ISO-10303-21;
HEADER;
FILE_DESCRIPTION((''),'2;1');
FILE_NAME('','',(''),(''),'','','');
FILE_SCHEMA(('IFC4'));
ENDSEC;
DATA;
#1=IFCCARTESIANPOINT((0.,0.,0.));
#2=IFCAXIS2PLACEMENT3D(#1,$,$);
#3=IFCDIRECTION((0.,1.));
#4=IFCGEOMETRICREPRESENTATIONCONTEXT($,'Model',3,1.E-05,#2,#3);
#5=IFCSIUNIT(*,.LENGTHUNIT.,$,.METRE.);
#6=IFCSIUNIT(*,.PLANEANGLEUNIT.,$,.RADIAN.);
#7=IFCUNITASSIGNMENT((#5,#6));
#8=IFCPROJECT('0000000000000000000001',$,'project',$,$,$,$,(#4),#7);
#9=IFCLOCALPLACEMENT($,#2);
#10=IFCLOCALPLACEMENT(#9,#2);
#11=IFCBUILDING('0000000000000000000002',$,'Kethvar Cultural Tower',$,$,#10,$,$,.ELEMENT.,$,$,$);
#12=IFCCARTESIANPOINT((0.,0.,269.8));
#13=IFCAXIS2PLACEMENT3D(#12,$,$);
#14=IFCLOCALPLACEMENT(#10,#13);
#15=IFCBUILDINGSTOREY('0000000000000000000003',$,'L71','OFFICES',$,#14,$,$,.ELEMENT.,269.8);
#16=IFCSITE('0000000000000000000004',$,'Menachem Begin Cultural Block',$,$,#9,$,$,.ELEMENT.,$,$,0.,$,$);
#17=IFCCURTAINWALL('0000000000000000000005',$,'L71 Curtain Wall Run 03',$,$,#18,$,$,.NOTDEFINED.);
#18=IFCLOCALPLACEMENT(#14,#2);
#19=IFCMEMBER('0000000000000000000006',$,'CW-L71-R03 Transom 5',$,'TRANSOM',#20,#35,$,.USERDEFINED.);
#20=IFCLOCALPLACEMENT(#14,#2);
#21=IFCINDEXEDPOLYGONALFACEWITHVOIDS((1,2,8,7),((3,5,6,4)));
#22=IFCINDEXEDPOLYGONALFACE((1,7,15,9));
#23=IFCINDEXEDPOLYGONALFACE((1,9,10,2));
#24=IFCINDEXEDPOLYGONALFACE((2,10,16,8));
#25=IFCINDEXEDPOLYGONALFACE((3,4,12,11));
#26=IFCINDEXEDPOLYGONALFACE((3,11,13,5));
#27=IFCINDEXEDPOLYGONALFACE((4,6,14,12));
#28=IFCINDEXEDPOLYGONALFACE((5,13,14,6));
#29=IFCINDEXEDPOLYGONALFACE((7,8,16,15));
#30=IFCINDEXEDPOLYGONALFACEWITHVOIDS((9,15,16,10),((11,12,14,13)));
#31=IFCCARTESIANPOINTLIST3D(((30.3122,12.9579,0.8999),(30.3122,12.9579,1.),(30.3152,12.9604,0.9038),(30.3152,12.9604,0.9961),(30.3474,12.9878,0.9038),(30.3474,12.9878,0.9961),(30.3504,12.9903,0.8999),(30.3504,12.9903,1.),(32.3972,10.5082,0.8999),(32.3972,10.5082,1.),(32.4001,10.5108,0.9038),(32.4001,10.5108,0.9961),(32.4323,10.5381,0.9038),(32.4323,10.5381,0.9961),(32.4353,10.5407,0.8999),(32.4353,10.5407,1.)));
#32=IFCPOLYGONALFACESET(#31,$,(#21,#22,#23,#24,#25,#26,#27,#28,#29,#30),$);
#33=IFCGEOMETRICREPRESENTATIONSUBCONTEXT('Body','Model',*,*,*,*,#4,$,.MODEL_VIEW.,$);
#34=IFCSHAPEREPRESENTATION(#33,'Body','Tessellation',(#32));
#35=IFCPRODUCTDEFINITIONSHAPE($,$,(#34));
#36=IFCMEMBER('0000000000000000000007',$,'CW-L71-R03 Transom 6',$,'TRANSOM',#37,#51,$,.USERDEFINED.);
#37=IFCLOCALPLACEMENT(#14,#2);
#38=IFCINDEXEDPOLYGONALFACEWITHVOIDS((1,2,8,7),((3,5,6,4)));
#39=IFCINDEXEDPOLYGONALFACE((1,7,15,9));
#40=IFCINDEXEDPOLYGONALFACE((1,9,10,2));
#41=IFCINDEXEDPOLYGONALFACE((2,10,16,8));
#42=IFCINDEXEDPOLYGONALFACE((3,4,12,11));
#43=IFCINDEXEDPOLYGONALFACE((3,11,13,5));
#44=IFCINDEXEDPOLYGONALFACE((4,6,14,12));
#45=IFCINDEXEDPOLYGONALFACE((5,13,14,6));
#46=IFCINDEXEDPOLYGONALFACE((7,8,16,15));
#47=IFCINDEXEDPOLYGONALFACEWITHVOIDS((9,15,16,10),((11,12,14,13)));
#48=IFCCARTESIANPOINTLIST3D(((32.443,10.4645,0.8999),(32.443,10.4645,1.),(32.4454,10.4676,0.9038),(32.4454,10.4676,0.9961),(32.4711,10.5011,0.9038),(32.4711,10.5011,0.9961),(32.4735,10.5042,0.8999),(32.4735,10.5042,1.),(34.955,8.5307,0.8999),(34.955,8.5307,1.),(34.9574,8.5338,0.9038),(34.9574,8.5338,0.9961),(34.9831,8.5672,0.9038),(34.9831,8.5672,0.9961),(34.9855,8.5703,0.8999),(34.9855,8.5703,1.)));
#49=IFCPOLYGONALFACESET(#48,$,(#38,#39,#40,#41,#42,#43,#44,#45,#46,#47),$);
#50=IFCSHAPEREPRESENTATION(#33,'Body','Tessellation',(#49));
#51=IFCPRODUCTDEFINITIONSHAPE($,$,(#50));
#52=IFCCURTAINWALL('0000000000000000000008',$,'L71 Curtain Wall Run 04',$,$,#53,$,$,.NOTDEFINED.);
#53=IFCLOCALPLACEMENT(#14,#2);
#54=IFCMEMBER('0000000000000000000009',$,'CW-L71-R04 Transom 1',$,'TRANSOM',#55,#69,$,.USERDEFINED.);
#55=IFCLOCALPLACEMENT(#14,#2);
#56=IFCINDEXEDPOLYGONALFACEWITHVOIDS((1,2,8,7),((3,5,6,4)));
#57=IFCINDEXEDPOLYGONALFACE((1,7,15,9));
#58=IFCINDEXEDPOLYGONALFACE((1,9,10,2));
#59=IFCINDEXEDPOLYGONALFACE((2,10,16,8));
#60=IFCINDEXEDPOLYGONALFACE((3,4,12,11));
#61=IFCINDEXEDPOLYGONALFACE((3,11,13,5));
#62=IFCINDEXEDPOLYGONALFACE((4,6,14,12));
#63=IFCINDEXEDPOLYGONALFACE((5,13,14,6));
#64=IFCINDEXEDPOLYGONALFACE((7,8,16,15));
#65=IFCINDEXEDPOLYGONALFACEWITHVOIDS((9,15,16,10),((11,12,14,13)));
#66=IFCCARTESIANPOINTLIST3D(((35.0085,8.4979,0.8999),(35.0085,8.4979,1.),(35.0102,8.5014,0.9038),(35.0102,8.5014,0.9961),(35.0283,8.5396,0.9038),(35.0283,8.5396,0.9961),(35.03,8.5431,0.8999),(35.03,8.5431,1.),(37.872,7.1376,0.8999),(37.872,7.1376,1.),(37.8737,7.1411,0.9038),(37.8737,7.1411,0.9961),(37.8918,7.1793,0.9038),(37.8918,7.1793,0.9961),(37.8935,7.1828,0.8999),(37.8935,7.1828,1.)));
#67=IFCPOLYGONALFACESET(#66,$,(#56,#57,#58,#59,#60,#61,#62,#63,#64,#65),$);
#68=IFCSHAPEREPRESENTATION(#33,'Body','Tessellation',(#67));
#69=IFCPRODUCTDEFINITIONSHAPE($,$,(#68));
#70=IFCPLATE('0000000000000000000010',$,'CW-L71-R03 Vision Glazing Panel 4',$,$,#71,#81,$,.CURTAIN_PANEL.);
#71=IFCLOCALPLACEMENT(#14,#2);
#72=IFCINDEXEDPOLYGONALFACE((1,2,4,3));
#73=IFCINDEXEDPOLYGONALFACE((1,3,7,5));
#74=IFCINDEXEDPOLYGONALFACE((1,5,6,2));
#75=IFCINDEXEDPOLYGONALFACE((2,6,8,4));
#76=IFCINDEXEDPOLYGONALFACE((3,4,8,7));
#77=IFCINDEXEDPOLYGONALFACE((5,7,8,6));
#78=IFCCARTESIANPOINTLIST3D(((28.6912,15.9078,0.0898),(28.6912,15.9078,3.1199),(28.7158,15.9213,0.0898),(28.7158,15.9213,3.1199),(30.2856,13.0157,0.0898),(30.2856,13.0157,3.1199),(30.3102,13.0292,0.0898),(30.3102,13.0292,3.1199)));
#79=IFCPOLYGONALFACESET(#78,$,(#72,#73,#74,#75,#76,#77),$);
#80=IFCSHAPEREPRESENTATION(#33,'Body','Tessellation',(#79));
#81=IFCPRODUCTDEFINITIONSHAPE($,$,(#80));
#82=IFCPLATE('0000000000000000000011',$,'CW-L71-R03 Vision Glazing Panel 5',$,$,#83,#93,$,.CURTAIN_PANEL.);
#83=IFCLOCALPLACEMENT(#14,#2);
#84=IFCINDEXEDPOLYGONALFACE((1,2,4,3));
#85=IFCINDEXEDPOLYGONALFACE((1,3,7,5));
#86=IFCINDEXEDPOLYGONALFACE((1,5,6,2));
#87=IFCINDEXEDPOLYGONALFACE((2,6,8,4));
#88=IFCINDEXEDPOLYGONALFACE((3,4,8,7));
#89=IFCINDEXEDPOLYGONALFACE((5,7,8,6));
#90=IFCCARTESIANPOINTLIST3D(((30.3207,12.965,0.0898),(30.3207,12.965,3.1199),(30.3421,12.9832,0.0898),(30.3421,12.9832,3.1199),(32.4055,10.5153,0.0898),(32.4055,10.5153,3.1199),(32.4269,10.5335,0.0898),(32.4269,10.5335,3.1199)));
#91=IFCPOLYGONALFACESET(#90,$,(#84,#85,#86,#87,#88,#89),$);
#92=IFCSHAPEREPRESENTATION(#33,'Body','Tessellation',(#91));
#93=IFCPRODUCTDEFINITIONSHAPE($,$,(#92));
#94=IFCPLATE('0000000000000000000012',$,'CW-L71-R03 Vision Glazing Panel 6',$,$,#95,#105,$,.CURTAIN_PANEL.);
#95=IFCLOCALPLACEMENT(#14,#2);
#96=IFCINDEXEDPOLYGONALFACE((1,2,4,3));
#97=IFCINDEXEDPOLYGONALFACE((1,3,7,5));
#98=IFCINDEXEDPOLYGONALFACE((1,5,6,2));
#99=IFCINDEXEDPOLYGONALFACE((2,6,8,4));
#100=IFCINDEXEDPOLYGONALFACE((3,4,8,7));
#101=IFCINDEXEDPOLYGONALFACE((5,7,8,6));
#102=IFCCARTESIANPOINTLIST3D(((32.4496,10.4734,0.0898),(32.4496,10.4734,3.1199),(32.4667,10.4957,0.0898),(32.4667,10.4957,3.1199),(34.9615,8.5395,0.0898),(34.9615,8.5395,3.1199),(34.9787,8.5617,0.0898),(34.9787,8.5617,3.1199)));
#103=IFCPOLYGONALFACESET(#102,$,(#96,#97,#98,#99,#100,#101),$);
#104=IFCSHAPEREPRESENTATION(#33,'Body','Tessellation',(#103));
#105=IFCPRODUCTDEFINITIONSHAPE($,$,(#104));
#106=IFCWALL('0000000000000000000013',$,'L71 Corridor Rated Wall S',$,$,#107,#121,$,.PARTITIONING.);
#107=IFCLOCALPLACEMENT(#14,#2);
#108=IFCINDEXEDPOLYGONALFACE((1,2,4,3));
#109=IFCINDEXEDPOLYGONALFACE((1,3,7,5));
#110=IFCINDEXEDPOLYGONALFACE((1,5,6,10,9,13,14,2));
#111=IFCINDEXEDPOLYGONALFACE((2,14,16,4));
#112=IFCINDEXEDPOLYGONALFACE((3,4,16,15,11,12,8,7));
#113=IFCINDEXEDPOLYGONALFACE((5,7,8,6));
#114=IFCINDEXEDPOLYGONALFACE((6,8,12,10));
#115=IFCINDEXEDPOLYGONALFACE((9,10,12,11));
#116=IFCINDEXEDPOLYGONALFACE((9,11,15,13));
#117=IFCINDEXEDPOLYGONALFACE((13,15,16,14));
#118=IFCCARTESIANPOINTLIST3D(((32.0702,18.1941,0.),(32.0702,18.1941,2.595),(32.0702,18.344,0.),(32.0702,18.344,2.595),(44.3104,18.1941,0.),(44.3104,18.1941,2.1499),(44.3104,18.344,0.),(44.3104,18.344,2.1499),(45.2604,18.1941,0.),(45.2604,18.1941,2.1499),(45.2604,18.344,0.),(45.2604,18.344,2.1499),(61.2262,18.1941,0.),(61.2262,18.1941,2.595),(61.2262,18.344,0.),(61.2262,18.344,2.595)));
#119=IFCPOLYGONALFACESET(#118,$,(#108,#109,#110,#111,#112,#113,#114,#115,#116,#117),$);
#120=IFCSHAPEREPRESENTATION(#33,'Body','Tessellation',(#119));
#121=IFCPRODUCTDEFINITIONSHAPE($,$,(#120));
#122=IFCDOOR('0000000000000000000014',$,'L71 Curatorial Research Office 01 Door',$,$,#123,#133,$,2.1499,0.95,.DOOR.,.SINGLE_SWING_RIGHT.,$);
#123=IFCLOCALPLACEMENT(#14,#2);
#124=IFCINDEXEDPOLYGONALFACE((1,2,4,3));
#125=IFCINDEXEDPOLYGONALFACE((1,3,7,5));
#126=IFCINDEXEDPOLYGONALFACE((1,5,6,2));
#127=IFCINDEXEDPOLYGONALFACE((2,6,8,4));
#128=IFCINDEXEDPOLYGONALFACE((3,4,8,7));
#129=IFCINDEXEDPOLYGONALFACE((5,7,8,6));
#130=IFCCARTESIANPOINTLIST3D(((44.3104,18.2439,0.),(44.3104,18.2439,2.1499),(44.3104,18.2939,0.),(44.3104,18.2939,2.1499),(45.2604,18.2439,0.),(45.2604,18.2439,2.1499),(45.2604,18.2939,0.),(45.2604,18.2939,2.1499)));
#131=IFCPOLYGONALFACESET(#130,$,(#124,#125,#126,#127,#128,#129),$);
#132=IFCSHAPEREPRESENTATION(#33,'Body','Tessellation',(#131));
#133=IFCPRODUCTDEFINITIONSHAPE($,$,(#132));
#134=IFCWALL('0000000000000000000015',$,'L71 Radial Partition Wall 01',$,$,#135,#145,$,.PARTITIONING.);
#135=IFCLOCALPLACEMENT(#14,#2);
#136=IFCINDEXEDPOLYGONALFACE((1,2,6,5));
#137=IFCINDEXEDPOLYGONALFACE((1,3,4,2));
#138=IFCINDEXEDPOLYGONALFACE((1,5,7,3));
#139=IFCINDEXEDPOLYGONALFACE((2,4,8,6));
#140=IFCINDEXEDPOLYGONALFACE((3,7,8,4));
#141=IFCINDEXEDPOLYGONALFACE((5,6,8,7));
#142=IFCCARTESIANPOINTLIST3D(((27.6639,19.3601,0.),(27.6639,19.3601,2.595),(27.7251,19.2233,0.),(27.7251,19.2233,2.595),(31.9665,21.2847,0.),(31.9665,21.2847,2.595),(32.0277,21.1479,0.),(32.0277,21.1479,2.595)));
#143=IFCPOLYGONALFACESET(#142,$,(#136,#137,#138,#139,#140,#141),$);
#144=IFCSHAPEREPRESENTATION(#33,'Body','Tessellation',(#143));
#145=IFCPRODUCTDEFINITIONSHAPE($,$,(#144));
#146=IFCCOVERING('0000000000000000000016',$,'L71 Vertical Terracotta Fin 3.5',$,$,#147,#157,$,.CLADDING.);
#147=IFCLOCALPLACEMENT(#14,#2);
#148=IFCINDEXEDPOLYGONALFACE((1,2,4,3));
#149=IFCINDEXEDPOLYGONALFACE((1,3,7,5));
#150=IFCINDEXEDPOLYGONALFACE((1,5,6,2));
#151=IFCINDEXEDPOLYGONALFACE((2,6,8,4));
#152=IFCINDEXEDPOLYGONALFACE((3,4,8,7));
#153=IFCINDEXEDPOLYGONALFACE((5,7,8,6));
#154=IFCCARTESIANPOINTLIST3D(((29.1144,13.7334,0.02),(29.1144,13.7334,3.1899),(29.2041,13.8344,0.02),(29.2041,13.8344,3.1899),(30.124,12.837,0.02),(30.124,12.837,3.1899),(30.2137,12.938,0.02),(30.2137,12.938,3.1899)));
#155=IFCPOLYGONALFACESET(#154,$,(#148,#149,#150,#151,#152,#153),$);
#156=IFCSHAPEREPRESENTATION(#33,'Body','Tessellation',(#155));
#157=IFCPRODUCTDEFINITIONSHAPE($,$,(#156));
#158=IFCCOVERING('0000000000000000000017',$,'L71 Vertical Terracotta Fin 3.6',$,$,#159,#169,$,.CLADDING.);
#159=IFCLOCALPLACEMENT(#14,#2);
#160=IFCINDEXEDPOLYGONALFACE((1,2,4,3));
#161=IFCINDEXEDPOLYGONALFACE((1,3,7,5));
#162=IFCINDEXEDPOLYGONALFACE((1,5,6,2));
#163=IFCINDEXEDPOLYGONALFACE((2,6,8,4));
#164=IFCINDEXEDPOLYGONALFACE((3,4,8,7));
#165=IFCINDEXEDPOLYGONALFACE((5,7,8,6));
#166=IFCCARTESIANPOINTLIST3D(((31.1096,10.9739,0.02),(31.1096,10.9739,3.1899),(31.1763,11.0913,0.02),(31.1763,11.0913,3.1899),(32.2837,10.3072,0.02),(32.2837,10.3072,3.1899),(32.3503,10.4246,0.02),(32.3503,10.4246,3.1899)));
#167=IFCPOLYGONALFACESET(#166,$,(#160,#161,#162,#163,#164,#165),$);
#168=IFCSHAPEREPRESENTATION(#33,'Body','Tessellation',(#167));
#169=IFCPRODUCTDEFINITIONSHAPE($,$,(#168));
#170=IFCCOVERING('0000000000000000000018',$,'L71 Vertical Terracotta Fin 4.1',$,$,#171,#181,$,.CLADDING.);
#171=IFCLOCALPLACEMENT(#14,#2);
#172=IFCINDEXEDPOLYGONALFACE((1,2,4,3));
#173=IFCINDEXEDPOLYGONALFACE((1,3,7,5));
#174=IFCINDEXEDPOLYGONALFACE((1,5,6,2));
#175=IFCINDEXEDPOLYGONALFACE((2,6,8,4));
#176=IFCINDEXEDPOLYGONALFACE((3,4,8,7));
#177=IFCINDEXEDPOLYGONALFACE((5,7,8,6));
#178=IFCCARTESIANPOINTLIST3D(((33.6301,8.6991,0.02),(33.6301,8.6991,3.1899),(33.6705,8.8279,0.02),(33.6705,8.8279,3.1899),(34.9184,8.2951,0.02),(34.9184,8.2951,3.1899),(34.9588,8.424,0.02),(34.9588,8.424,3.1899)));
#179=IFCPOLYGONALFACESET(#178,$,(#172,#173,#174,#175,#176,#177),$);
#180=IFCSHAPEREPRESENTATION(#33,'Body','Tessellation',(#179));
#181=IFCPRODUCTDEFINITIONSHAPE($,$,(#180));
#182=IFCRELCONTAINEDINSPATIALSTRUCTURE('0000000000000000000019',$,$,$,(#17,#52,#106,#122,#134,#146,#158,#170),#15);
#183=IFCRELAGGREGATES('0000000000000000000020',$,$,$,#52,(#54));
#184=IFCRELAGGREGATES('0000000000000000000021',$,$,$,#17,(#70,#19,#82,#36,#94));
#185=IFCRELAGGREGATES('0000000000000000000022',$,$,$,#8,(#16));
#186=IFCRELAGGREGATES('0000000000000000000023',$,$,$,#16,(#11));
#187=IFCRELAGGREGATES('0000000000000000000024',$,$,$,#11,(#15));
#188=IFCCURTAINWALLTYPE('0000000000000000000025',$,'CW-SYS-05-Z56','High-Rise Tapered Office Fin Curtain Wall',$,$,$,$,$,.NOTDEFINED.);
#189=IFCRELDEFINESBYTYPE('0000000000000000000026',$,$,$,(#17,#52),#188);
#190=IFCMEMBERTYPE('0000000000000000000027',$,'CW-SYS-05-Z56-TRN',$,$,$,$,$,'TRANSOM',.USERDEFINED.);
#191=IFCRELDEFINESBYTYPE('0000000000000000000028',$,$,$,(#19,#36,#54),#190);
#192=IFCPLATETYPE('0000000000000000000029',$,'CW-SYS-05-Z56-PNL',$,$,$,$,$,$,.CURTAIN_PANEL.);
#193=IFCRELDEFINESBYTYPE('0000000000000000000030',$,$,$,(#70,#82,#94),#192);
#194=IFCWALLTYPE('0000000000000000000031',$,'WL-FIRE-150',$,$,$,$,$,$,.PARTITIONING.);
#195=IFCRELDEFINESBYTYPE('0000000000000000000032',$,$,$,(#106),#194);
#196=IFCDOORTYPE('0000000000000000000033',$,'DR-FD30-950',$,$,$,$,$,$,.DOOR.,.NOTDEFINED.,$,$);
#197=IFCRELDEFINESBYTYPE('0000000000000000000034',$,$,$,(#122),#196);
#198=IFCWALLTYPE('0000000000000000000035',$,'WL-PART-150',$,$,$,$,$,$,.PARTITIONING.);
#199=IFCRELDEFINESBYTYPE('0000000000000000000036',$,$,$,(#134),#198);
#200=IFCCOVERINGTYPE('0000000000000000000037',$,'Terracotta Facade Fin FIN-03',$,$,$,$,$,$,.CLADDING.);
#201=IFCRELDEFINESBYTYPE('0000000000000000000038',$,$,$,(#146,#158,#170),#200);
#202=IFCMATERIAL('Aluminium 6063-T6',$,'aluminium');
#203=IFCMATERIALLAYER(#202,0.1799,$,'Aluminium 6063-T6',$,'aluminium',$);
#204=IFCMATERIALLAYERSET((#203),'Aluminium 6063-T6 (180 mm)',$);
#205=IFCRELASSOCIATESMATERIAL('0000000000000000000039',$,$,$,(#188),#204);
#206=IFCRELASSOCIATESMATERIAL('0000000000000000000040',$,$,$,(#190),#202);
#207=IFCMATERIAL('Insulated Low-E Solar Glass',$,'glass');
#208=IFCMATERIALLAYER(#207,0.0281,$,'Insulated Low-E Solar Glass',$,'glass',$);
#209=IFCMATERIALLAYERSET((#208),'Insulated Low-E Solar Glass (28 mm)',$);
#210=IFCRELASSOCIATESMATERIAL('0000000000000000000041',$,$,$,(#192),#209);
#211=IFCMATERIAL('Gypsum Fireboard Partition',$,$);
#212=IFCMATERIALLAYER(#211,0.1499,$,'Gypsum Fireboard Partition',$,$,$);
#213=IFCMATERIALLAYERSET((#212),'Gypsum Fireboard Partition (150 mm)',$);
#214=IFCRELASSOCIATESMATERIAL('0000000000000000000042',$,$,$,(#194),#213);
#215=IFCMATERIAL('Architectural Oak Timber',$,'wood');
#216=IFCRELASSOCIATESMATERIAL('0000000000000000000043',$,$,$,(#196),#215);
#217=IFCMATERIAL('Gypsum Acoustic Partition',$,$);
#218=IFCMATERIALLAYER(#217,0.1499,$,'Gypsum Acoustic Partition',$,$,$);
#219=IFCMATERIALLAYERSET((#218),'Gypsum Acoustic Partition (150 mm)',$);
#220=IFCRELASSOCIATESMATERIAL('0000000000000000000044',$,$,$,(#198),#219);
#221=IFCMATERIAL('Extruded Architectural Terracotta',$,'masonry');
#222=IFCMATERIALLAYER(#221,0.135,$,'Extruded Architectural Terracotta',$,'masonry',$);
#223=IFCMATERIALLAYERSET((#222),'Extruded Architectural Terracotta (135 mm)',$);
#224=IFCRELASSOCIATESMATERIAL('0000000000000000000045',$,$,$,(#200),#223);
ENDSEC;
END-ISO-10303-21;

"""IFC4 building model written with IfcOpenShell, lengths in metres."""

from ifc_helpers import new_model, si_unit, direction, frame, frame_2d, origin, origin_2d, place, context, subcontext, project, spatial, rectangle, hollow_rectangle, extrude, source, transform, mapped, material, layer, layer_set, material_profile, profile_set, type_object, element, fill, aggregate, save


model = new_model("IFC4")

# Units and contexts
model_context = context("Model", 3, precision=1e-05, world=origin(), true_north=direction((0.0, 1.0)))
body_context = subcontext(model_context, "Body", "Model", "MODEL_VIEW")
ifc_project = project(units=[si_unit("LENGTHUNIT", "METRE"), si_unit("PLANEANGLEUNIT", "RADIAN")], contexts=[model_context])

# Site, building, storey
site_placement = place(None, origin())
site = spatial("IfcSite", under=ifc_project, at=site_placement, Name="Menachem Begin Cultural Block", CompositionType="ELEMENT", RefElevation=0.0)
building_placement = place(site_placement, origin())
building = spatial("IfcBuilding", under=site, at=building_placement, Name="Kethvar Cultural Tower", CompositionType="ELEMENT")
storey_placement = place(building_placement, frame((0.0, 0.0, 269.8)))
storey = spatial("IfcBuildingStorey", under=building, at=storey_placement, Name="L71", Description="OFFICES", CompositionType="ELEMENT", Elevation=269.8)

# Curtain wall, members
ifc_material_1 = material(Name="Aluminium 6063-T6", Category="aluminium")
ifc_layer_1 = layer(ifc_material_1, 0.1799, Name="Aluminium 6063-T6", Category="aluminium")
ifc_layer_set_1 = layer_set([ifc_layer_1], Name="Aluminium 6063-T6 (180 mm)")
curtain_wall_type = type_object("IfcCurtainWallType", Name="CW-SYS-05-Z56", Description="High-Rise Tapered Office Fin Curtain Wall", PredefinedType="NOTDEFINED", material=ifc_layer_set_1)
curtain_wall_1_placement = place(storey_placement, origin())
curtain_wall_1 = element("IfcCurtainWall", 1, at=curtain_wall_1_placement, inside=storey, type_object=curtain_wall_type, Name="L71 Curtain Wall Run 03", PredefinedType="NOTDEFINED")
ifc_material_profile_1 = material_profile(ifc_material_1, hollow_rectangle(XDim=0.05, YDim=0.1001, WallThickness=0.0039, at=origin_2d()), Name="Aluminium 6063-T6 — RHS100x50x4")
ifc_profile_set_1 = profile_set([ifc_material_profile_1], Name="Aluminium 6063-T6 — RHS100x50x4")
member_type_1 = type_object("IfcMemberType", Name="CW-SYS-05-Z56-TRN", ElementType="TRANSOM", PredefinedType="USERDEFINED", material=ifc_profile_set_1)
shared_shape_1 = source(origin(), body_context, "Body", "SweptSolid", [
    extrude(hollow_rectangle(XDim=0.05, YDim=0.1001, WallThickness=0.0039, at=origin_2d()), origin(), (0.0, 0.0, 1.0), 3.2168),
])
member_1_placement = place(storey_placement, frame((30.3313, 12.9741, 0.95), z_axis=(0.648137, -0.761523, 0.0), x_axis=(0.761523, 0.648137, 0.0)))
member_1 = element("IfcMember", 2, at=member_1_placement, type_object=member_type_1, Name="CW-L71-R03 Transom 5", ObjectType="TRANSOM", PredefinedType="USERDEFINED", context=body_context, shape_type="MappedRepresentation", body=[
    mapped(shared_shape_1, transform((0.0, 0.0, 0.0), scale=1.0)),
])
shared_shape_2 = source(origin(), body_context, "Body", "SweptSolid", [
    extrude(hollow_rectangle(XDim=0.05, YDim=0.1001, WallThickness=0.0039, at=origin_2d()), origin(), (0.0, 0.0, 1.0), 3.1702),
])
member_2_placement = place(storey_placement, frame((32.4583, 10.4844, 0.95), z_axis=(0.792386, -0.61002, 0.0), x_axis=(0.61002, 0.792386, 0.0)))
member_2 = element("IfcMember", 3, at=member_2_placement, type_object=member_type_1, Name="CW-L71-R03 Transom 6", ObjectType="TRANSOM", PredefinedType="USERDEFINED", context=body_context, shape_type="MappedRepresentation", body=[
    mapped(shared_shape_2, transform((0.0, 0.0, 0.0), scale=1.0)),
])

# Curtain wall, member
curtain_wall_2_placement = place(storey_placement, origin())
curtain_wall_2 = element("IfcCurtainWall", 4, at=curtain_wall_2_placement, inside=storey, type_object=curtain_wall_type, Name="L71 Curtain Wall Run 04", PredefinedType="NOTDEFINED")
member_3_placement = place(storey_placement, frame((35.0193, 8.5205, 0.95), z_axis=(0.903256, -0.429102, 0.0), x_axis=(0.429102, 0.903256, 0.0)))
member_3 = element("IfcMember", 5, at=member_3_placement, type_object=member_type_1, Name="CW-L71-R04 Transom 1", ObjectType="TRANSOM", PredefinedType="USERDEFINED", context=body_context, shape_type="MappedRepresentation", body=[
    mapped(shared_shape_2, transform((0.0, 0.0, 0.0), scale=1.0)),
])
aggregate(curtain_wall_2, [member_3])

# Plates
ifc_material_2 = material(Name="Insulated Low-E Solar Glass", Category="glass")
ifc_layer_2 = layer(ifc_material_2, 0.0281, Name="Insulated Low-E Solar Glass", Category="glass")
ifc_layer_set_2 = layer_set([ifc_layer_2], Name="Insulated Low-E Solar Glass (28 mm)")
plate_type = type_object("IfcPlateType", Name="CW-SYS-05-Z56-PNL", PredefinedType="CURTAIN_PANEL", material=ifc_layer_set_2)
shared_shape_3 = source(origin(), body_context, "Body", "SweptSolid", [
    extrude(rectangle(XDim=3.3025, YDim=0.0281, at=origin_2d()), origin(), (0.0, 0.0, 1.0), 3.03),
])
plate_1_placement = place(storey_placement, frame((29.5007, 14.4685, 0.0898), z_axis=(0.0, 0.0, 1.0), x_axis=(0.482793, -0.875734, 0.0)))
plate_1 = element("IfcPlate", 6, at=plate_1_placement, type_object=plate_type, Name="CW-L71-R03 Vision Glazing Panel 4", PredefinedType="CURTAIN_PANEL", context=body_context, shape_type="MappedRepresentation", body=[
    mapped(shared_shape_3, transform((0.0, 0.0, 0.0), scale=1.0)),
])
shared_shape_4 = source(origin(), body_context, "Body", "SweptSolid", [
    extrude(rectangle(XDim=3.2168, YDim=0.0281, at=origin_2d()), origin(), (0.0, 0.0, 1.0), 3.03),
])
plate_2_placement = place(storey_placement, frame((31.3738, 11.7493, 0.0898), z_axis=(0.0, 0.0, 1.0), x_axis=(0.648107, -0.76155, 0.0)))
plate_2 = element("IfcPlate", 7, at=plate_2_placement, type_object=plate_type, Name="CW-L71-R03 Vision Glazing Panel 5", PredefinedType="CURTAIN_PANEL", context=body_context, shape_type="MappedRepresentation", body=[
    mapped(shared_shape_4, transform((0.0, 0.0, 0.0), scale=1.0)),
])
shared_shape_5 = source(origin(), body_context, "Body", "SweptSolid", [
    extrude(rectangle(XDim=3.1702, YDim=0.0281, at=origin_2d()), origin(), (0.0, 0.0, 1.0), 3.03),
])
plate_3_placement = place(storey_placement, frame((33.7141, 9.5176, 0.0898), z_axis=(0.0, 0.0, 1.0), x_axis=(0.792375, -0.610035, 0.0)))
plate_3 = element("IfcPlate", 8, at=plate_3_placement, type_object=plate_type, Name="CW-L71-R03 Vision Glazing Panel 6", PredefinedType="CURTAIN_PANEL", context=body_context, shape_type="MappedRepresentation", body=[
    mapped(shared_shape_5, transform((0.0, 0.0, 0.0), scale=1.0)),
])
aggregate(curtain_wall_1, [plate_1, member_1, plate_2, member_2, plate_3])

# Wall, opening, door
ifc_material_3 = material(Name="Gypsum Fireboard Partition")
ifc_layer_3 = layer(ifc_material_3, 0.1499, Name="Gypsum Fireboard Partition")
ifc_layer_set_3 = layer_set([ifc_layer_3], Name="Gypsum Fireboard Partition (150 mm)")
wall_type_1 = type_object("IfcWallType", Name="WL-FIRE-150", PredefinedType="PARTITIONING", material=ifc_layer_set_3)
wall_1_placement = place(storey_placement, frame((32.0701, 18.269, 0.0), z_axis=(0.0, 0.0, 1.0), x_axis=(1.0, 0.0, 0.0)))
wall_1 = element("IfcWall", 9, at=wall_1_placement, inside=storey, type_object=wall_type_1, Name="L71 Corridor Rated Wall S", PredefinedType="PARTITIONING", context=body_context, shape_type="SweptSolid", body=[
    extrude(rectangle(XDim=29.156, YDim=0.1499, at=frame_2d((14.5781, 0.0))), origin(), (0.0, 0.0, 1.0), 2.595),
])
opening_placement = place(wall_1_placement, frame((12.2402, 0.0, 0.0)))
opening = element("IfcOpeningElement", 10, at=opening_placement, cuts=wall_1, PredefinedType="OPENING", context=body_context, shape_type="SweptSolid", body=[
    extrude(rectangle(XDim=0.95, YDim=2.1499, at=frame_2d((0.4751, 1.075))), frame((0.0, 0.085, 0.0), z_axis=(0.0, -1.0, 0.0), x_axis=(1.0, 0.0, 0.0)), (0.0, 0.0, 1.0), 0.1699),
])
ifc_material_4 = material(Name="Architectural Oak Timber", Category="wood")
door_type = type_object("IfcDoorType", Name="DR-FD30-950", OperationType="NOTDEFINED", PredefinedType="DOOR", material=ifc_material_4)
shared_shape_6 = source(origin(), body_context, "Body", "SweptSolid", [
    extrude(rectangle(XDim=0.95, YDim=2.1499, at=frame_2d((0.4751, 1.075))), frame((0.0, 0.0249, 0.0), z_axis=(0.0, -1.0, 0.0), x_axis=(1.0, 0.0, 0.0)), (0.0, 0.0, 1.0), 0.05),
])
door_placement = place(opening_placement, origin())
door = element("IfcDoor", 11, at=door_placement, inside=storey, type_object=door_type, Name="L71 Curatorial Research Office 01 Door", OperationType="SINGLE_SWING_RIGHT", OverallHeight=2.1499, OverallWidth=0.95, PredefinedType="DOOR", context=body_context, shape_type="MappedRepresentation", body=[
    mapped(shared_shape_6, transform((0.0, 0.0, 0.0), scale=1.0)),
])
fill(opening, door)

# Wall
ifc_material_5 = material(Name="Gypsum Acoustic Partition")
ifc_layer_4 = layer(ifc_material_5, 0.1499, Name="Gypsum Acoustic Partition")
ifc_layer_set_4 = layer_set([ifc_layer_4], Name="Gypsum Acoustic Partition (150 mm)")
wall_type_2 = type_object("IfcWallType", Name="WL-PART-150", PredefinedType="PARTITIONING", material=ifc_layer_set_4)
wall_2_placement = place(storey_placement, frame((31.9971, 21.2163, 0.0), z_axis=(0.0, 0.0, 1.0), x_axis=(-0.912837, -0.408324, 0.0)))
element("IfcWall", 12, at=wall_2_placement, inside=storey, type_object=wall_type_2, Name="L71 Radial Partition Wall 01", PredefinedType="PARTITIONING", context=body_context, shape_type="SweptSolid", body=[
    extrude(rectangle(XDim=4.7134, YDim=0.1499, at=frame_2d((2.3567, 0.0))), origin(), (0.0, 0.0, 1.0), 2.595),
])

# Coverings
ifc_material_6 = material(Name="Extruded Architectural Terracotta", Category="masonry")
ifc_layer_5 = layer(ifc_material_6, 0.135, Name="Extruded Architectural Terracotta", Category="masonry")
ifc_layer_set_5 = layer_set([ifc_layer_5], Name="Extruded Architectural Terracotta (135 mm)")
covering_type = type_object("IfcCoveringType", Name="Terracotta Facade Fin FIN-03", PredefinedType="CLADDING", material=ifc_layer_set_5)
shared_shape_7 = source(origin(), body_context, "Body", "SweptSolid", [
    extrude(rectangle(XDim=1.3501, YDim=0.135, at=origin_2d()), origin(), (0.0, 0.0, 1.0), 3.1699),
])
for number, where, z_axis, x_axis, name in (
    (13, (29.6641, 13.3357, 0.02), (0.0, 0.0, 1.0), (-0.747798, 0.663926, 0.0), "L71 Vertical Terracotta Fin 3.5"),
    (14, (31.73, 10.6992, 0.02), (0.0, 0.0, 1.0), (-0.869581, 0.49379, 0.0), "L71 Vertical Terracotta Fin 3.6"),
    (15, (34.2944, 8.5615, 0.02), (0.0, 0.0, 1.0), (-0.954188, 0.299207, 0.0), "L71 Vertical Terracotta Fin 4.1"),
):
    element("IfcCovering", number, at=place(storey_placement, frame(where, z_axis=z_axis, x_axis=x_axis)), inside=storey, type_object=covering_type, Name=name, PredefinedType="CLADDING", context=body_context, shape_type="MappedRepresentation", body=[
        mapped(shared_shape_7, transform((0.0, 0.0, 0.0), scale=1.0)),
    ])

save(model, "model.ifc")
